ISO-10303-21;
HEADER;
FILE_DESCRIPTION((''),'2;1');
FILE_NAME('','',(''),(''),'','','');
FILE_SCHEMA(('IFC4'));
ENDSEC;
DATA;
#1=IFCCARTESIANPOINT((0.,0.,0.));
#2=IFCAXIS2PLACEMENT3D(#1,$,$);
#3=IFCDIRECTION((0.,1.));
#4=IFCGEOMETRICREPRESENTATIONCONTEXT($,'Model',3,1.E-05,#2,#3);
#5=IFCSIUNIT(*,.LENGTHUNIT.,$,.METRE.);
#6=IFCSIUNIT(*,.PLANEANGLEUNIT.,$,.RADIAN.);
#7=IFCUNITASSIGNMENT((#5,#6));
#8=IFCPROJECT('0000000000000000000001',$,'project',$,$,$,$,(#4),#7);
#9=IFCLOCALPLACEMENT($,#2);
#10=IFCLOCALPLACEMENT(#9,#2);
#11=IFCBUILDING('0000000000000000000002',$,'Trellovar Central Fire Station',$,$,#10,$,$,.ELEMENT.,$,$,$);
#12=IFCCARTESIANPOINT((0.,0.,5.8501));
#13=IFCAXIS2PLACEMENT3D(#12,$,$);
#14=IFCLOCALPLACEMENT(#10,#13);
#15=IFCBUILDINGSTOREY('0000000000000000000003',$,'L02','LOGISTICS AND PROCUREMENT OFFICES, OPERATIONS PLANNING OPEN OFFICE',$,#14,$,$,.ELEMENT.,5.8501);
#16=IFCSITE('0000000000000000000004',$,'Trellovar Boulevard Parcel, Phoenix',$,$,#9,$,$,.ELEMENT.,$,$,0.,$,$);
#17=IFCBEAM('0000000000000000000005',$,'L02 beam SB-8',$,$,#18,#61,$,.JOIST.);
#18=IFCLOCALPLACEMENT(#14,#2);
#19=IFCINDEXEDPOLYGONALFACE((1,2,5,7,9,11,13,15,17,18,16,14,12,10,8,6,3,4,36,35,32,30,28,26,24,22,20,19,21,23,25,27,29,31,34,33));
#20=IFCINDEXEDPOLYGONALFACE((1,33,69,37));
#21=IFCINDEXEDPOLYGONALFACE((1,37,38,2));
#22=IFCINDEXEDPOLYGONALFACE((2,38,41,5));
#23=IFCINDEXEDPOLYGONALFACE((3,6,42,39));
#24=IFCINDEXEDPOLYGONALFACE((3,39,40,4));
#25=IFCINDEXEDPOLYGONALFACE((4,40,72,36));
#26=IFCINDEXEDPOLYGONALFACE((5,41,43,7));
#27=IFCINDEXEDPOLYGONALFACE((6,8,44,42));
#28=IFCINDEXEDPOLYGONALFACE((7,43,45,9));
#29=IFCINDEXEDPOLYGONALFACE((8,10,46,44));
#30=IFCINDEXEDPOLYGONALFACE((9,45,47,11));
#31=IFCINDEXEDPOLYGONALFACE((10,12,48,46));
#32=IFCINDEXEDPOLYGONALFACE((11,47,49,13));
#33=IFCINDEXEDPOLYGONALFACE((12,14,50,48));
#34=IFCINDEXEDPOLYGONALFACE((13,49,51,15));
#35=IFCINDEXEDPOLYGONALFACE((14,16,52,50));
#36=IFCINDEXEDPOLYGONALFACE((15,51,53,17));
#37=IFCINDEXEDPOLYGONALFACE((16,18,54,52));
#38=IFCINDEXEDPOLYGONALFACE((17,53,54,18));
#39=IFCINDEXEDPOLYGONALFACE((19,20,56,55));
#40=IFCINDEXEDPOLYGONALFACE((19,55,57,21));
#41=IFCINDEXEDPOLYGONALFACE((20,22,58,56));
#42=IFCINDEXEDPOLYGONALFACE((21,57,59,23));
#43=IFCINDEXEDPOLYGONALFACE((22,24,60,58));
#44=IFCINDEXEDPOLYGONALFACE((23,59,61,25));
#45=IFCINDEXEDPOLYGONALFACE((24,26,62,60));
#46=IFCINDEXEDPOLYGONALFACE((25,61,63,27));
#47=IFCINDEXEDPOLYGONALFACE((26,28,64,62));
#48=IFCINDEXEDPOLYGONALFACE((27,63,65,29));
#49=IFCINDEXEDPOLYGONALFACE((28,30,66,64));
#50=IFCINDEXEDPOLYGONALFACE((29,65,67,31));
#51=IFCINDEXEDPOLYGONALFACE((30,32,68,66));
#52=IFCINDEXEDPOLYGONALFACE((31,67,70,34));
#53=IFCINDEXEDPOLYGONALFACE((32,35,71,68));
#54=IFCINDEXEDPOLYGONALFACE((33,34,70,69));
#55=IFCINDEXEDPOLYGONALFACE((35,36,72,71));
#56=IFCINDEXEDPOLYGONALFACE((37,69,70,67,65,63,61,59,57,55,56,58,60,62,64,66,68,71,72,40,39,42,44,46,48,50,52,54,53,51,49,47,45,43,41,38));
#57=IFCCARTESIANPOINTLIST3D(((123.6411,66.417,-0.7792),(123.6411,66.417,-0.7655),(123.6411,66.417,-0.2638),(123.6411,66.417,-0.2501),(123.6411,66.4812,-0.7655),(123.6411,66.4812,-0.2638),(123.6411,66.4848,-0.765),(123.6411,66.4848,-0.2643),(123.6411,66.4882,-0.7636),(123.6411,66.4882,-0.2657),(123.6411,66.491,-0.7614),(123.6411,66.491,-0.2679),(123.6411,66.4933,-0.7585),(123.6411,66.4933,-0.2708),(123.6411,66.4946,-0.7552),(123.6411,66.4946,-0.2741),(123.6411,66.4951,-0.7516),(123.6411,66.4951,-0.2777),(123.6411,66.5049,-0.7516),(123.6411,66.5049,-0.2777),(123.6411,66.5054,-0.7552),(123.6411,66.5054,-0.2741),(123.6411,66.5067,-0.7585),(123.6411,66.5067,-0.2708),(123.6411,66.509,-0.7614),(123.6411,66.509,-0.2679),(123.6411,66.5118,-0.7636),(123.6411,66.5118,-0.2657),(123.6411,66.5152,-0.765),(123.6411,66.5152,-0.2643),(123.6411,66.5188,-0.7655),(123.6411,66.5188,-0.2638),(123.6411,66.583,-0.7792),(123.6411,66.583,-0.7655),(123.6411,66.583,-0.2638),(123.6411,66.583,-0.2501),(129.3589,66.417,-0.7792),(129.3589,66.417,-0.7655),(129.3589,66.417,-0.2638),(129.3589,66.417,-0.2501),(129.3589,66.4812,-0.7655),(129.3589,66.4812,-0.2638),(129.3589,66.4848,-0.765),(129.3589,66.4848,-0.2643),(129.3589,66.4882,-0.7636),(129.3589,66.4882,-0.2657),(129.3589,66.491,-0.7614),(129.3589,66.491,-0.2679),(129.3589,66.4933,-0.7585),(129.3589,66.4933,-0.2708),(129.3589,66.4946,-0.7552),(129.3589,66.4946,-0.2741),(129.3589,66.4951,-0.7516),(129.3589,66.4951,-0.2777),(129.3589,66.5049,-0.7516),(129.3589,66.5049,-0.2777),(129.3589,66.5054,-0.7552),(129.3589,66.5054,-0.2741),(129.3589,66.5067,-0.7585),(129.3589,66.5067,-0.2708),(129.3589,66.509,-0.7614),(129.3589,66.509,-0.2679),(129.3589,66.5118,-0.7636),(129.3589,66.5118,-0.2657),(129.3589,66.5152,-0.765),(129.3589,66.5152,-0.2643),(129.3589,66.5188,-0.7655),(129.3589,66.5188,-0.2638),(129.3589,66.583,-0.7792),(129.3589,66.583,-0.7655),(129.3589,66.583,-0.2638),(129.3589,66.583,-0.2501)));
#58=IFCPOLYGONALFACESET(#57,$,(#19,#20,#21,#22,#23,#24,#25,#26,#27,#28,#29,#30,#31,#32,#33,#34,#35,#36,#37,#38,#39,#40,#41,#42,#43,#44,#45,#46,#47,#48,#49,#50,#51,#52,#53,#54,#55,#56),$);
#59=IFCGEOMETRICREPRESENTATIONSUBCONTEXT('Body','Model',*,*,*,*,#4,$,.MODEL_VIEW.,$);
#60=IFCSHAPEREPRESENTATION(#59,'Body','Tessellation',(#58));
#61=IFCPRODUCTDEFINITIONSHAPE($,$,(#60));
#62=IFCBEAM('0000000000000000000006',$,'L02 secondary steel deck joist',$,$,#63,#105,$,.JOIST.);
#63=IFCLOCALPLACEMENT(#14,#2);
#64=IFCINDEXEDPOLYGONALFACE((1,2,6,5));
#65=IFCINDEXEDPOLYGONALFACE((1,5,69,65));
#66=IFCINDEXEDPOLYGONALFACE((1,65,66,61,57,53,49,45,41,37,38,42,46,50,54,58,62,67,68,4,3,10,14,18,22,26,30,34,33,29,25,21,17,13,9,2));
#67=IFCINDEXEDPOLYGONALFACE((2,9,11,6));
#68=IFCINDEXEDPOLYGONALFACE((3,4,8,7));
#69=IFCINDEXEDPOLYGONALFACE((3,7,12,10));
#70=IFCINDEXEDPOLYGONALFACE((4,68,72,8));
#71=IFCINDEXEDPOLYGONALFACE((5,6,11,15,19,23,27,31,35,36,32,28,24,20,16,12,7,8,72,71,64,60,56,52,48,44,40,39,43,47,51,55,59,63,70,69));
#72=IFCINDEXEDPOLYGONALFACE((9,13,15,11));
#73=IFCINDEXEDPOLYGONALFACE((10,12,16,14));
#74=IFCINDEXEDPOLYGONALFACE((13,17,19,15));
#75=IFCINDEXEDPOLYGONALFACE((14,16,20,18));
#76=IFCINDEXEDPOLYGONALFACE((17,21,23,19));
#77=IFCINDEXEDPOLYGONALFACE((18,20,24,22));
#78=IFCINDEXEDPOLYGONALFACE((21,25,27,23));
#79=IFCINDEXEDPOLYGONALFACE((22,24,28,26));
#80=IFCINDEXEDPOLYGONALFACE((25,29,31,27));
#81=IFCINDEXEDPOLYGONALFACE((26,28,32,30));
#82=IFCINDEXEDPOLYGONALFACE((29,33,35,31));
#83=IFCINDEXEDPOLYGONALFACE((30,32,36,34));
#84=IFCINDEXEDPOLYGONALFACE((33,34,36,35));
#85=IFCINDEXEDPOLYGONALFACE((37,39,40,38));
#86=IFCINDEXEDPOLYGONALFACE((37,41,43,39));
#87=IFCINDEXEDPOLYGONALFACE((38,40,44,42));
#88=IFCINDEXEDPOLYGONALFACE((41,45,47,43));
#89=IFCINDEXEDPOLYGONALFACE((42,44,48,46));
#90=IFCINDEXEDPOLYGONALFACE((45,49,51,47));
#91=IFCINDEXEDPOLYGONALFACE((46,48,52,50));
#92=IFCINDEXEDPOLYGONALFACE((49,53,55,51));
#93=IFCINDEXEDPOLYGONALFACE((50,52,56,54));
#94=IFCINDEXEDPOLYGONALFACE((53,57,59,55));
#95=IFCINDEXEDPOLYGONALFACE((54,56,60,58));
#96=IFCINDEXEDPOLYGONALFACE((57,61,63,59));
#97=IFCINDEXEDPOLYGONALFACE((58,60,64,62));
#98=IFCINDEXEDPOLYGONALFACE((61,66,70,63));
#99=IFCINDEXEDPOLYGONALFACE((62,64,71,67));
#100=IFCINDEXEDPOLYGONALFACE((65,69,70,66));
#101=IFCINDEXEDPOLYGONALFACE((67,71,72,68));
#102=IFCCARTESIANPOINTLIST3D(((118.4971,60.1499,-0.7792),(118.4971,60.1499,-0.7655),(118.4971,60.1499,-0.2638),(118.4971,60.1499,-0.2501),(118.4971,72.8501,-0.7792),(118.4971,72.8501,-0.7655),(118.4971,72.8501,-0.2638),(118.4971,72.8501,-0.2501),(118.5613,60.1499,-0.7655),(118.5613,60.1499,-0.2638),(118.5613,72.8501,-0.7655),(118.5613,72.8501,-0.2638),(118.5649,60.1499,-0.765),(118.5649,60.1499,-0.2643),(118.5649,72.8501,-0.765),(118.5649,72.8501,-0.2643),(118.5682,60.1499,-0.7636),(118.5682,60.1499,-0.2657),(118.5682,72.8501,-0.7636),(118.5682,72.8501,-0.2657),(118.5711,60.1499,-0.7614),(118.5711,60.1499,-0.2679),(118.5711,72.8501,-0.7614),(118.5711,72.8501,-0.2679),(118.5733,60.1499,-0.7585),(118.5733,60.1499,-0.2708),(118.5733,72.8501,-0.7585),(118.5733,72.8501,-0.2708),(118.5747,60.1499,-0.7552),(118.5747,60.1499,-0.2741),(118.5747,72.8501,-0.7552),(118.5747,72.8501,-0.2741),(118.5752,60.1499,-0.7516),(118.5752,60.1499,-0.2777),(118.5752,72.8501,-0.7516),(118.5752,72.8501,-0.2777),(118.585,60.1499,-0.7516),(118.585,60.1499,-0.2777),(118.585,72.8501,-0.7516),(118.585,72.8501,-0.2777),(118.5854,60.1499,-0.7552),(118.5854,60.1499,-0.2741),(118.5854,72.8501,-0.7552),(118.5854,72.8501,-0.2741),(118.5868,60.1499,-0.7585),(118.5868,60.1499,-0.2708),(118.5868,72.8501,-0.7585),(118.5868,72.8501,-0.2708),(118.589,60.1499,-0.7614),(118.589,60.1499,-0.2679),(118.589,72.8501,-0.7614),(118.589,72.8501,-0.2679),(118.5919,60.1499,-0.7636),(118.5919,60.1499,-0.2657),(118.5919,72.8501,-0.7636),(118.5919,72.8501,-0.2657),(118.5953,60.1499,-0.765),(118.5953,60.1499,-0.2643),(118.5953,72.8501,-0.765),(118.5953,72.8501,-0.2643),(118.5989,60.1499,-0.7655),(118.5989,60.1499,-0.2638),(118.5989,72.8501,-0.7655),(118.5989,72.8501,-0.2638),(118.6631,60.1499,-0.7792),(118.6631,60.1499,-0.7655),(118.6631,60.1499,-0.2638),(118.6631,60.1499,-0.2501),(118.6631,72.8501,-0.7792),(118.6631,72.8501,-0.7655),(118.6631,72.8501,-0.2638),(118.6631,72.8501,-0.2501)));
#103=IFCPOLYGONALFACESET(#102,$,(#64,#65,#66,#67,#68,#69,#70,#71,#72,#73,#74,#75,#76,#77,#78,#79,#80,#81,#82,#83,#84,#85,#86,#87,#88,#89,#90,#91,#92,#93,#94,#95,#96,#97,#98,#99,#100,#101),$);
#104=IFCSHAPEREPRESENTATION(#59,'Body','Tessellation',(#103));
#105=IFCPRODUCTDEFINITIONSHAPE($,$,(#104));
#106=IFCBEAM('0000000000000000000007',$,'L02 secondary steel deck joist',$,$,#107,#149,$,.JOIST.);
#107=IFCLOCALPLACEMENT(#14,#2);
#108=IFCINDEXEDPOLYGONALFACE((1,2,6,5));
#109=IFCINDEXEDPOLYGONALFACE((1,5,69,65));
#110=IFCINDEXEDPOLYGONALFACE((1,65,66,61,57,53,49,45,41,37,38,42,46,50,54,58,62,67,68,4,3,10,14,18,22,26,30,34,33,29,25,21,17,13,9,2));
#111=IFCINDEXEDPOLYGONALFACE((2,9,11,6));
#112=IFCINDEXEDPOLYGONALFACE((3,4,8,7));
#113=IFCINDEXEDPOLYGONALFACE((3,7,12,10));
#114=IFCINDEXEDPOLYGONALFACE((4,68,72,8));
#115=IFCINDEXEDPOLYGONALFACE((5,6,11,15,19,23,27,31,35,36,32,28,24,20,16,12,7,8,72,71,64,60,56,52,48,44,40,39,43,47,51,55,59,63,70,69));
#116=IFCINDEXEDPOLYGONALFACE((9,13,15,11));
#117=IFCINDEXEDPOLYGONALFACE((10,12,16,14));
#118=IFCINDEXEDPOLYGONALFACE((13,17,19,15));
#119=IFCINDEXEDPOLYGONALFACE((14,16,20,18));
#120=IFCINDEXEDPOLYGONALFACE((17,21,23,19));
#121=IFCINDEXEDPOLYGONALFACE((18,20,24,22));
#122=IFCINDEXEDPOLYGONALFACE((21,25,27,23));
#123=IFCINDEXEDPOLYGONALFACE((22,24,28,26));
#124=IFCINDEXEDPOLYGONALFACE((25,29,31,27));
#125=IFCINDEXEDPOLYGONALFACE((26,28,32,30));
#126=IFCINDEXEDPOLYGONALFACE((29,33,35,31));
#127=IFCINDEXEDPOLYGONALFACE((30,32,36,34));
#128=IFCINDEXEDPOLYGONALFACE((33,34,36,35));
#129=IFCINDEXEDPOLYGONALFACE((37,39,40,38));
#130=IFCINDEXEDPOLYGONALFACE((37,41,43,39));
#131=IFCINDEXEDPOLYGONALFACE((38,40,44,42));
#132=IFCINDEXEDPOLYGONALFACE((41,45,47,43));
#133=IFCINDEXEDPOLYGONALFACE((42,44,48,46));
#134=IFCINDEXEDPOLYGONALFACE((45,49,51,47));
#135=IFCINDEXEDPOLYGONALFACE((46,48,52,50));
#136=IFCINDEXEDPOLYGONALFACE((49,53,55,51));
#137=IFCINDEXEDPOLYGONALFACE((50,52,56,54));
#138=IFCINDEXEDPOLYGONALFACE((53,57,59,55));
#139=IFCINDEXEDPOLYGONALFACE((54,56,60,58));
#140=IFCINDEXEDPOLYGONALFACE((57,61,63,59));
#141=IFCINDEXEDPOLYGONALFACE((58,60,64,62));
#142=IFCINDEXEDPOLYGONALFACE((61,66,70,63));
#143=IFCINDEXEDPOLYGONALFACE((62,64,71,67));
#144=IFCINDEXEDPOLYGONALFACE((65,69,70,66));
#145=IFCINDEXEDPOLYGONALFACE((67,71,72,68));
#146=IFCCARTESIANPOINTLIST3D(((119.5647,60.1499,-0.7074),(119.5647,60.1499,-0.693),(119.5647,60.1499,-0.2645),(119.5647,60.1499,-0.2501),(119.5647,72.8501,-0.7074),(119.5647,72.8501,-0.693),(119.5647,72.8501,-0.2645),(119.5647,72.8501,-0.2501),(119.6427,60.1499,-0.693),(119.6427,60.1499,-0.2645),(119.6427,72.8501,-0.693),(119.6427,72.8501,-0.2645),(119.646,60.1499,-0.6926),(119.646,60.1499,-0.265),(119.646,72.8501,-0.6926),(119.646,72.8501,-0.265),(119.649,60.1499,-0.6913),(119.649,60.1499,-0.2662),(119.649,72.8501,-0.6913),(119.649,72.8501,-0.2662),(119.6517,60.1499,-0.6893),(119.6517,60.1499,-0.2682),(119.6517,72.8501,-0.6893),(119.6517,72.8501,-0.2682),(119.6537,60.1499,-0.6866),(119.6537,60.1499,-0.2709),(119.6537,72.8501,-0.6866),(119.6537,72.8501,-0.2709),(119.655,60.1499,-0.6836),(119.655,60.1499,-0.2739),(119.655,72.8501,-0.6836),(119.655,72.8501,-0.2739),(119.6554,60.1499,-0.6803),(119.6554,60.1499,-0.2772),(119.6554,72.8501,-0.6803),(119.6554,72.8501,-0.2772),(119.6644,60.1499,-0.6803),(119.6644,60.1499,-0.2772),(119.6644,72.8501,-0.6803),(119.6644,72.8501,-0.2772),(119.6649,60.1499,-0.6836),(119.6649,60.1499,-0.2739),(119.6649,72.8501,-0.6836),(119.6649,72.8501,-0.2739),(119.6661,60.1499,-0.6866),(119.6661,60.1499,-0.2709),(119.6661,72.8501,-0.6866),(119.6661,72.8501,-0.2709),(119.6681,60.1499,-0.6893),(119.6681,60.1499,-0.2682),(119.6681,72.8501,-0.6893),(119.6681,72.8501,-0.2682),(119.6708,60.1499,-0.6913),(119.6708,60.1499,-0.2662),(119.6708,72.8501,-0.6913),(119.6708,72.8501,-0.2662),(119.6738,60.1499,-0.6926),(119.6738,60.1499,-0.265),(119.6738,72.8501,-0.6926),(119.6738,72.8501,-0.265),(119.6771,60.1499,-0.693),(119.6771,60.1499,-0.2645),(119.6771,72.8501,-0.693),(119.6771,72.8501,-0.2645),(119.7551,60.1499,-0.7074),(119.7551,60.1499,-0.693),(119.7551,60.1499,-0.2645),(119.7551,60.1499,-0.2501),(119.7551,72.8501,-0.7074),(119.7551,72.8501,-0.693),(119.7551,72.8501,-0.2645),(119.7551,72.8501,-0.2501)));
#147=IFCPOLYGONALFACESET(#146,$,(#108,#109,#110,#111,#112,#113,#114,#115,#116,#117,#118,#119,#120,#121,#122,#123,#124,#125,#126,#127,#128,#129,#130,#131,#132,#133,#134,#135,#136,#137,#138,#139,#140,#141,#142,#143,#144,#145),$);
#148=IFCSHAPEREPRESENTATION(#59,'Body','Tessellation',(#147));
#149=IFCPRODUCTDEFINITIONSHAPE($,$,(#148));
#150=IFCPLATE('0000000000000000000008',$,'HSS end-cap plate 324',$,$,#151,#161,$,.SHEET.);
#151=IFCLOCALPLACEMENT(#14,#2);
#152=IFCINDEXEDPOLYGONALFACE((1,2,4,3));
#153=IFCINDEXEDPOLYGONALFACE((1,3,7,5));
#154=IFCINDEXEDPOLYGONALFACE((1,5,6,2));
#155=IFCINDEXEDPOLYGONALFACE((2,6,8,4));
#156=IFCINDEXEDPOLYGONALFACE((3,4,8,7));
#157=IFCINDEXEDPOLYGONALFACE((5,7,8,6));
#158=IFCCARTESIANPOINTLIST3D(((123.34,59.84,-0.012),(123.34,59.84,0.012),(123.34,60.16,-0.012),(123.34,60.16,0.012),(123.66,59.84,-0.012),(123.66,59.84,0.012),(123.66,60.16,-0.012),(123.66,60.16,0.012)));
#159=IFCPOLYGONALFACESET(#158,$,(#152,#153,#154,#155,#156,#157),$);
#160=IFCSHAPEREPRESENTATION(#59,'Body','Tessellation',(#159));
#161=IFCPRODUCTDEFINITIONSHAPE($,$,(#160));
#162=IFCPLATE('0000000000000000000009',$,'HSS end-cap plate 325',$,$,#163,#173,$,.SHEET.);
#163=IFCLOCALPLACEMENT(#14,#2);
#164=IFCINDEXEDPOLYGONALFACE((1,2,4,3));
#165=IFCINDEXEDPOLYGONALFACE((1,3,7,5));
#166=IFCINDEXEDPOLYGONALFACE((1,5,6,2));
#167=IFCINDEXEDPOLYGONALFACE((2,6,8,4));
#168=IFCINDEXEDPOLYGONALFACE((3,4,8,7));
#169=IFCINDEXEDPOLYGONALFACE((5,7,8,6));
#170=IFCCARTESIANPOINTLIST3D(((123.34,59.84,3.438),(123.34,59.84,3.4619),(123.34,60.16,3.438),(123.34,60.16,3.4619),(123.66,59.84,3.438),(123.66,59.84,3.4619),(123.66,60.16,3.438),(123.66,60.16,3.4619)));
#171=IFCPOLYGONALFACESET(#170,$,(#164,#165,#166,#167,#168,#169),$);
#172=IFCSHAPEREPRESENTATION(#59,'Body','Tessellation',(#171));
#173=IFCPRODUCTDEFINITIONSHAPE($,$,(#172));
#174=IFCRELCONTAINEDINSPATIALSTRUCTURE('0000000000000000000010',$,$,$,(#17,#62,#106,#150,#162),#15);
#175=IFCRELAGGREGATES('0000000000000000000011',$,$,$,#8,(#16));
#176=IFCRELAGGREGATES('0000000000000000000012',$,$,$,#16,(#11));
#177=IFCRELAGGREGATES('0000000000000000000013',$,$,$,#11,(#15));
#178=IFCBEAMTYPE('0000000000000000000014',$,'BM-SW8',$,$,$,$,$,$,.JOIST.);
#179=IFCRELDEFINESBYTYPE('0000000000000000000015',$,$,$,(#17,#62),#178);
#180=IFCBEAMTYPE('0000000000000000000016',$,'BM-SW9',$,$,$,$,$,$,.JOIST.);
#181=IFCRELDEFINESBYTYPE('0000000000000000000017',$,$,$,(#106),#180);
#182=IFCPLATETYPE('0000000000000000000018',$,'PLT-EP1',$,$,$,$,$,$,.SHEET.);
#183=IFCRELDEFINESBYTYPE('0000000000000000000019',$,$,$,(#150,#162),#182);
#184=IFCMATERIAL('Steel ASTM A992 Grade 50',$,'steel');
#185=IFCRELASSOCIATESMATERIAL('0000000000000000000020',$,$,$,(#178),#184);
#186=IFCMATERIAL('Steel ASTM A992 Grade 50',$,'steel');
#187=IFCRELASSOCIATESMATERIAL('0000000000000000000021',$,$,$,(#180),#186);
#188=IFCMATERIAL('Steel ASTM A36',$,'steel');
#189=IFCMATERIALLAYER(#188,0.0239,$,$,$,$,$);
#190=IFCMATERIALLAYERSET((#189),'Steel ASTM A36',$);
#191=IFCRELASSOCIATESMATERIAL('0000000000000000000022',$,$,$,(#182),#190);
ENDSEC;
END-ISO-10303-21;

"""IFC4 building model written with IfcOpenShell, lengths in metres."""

from ifc_helpers import new_model, si_unit, direction, frame, origin, origin_2d, place, context, subcontext, project, spatial, rectangle, i_section, extrude, material, layer, layer_set, material_profile, profile_set, type_object, element, save


model = new_model("IFC4")

# Units and contexts
model_context = context("Model", 3, precision=1e-05, world=origin(), true_north=direction((0.0, 1.0)))
body_context = subcontext(model_context, "Body", "Model", "MODEL_VIEW")
ifc_project = project(units=[si_unit("LENGTHUNIT", "METRE"), si_unit("PLANEANGLEUNIT", "RADIAN")], contexts=[model_context])

# Site, building, storey
site_placement = place(None, origin())
site = spatial("IfcSite", under=ifc_project, at=site_placement, Name="Trellovar Boulevard Parcel, Phoenix", CompositionType="ELEMENT", RefElevation=0.0)
building_placement = place(site_placement, origin())
building = spatial("IfcBuilding", under=site, at=building_placement, Name="Trellovar Central Fire Station", CompositionType="ELEMENT")
storey_placement = place(building_placement, frame((0.0, 0.0, 5.8501)))
storey = spatial("IfcBuildingStorey", under=building, at=storey_placement, Name="L02", Description="LOGISTICS AND PROCUREMENT OFFICES, OPERATIONS PLANNING OPEN OFFICE", CompositionType="ELEMENT", Elevation=5.8501)

# Beams
ifc_material_1 = material(Name="Steel ASTM A992 Grade 50", Category="steel")
ifc_material_profile_1 = material_profile(ifc_material_1, i_section(OverallWidth=0.166, OverallDepth=0.5291, WebThickness=0.0098, FlangeThickness=0.0137, FilletRadius=0.0139, at=origin_2d()), Name="W21X50")
ifc_profile_set_1 = profile_set([ifc_material_profile_1], Name="Steel ASTM A992 Grade 50")
beam_type_1 = type_object("IfcBeamType", Name="BM-SW8", PredefinedType="JOIST", material=ifc_profile_set_1)
for number, where, z_axis, x_axis, name in (
    (1, (123.6411, 66.5, -0.5146), (1.0, 0.0, 0.0), (0.0, 1.0, 0.0), "L02 beam SB-8"),
):
    element("IfcBeam", number, at=place(storey_placement, frame(where, z_axis=z_axis, x_axis=x_axis)), inside=storey, type_object=beam_type_1, Name=name, PredefinedType="JOIST", context=body_context, shape_type="SweptSolid", body=[
        extrude(i_section(OverallWidth=0.166, OverallDepth=0.5291, WebThickness=0.0098, FlangeThickness=0.0137, FilletRadius=0.0139, at=origin_2d()), origin(), (0.0, 0.0, 1.0), 5.7178),
    ])
beam_1_placement = place(storey_placement, frame((118.5801, 60.1499, -0.5146), z_axis=(0.0, 1.0, 0.0), x_axis=(-1.0, 0.0, 0.0)))
element("IfcBeam", 2, at=beam_1_placement, inside=storey, type_object=beam_type_1, Name="L02 secondary steel deck joist", PredefinedType="JOIST", context=body_context, shape_type="SweptSolid", body=[
    extrude(i_section(OverallWidth=0.166, OverallDepth=0.5291, WebThickness=0.0098, FlangeThickness=0.0137, FilletRadius=0.0139, at=origin_2d()), origin(), (0.0, 0.0, 1.0), 12.7002),
])
ifc_material_2 = material(Name="Steel ASTM A992 Grade 50", Category="steel")
ifc_material_profile_2 = material_profile(ifc_material_2, i_section(OverallWidth=0.1904, OverallDepth=0.4573, WebThickness=0.009, FlangeThickness=0.0144, FilletRadius=0.0127, at=origin_2d()), Name="W18X50")
ifc_profile_set_2 = profile_set([ifc_material_profile_2], Name="Steel ASTM A992 Grade 50")
beam_type_2 = type_object("IfcBeamType", Name="BM-SW9", PredefinedType="JOIST", material=ifc_profile_set_2)
beam_2_placement = place(storey_placement, frame((119.6599, 60.1499, -0.4788), z_axis=(0.0, 1.0, 0.0), x_axis=(-1.0, 0.0, 0.0)))
element("IfcBeam", 3, at=beam_2_placement, inside=storey, type_object=beam_type_2, Name="L02 secondary steel deck joist", PredefinedType="JOIST", context=body_context, shape_type="SweptSolid", body=[
    extrude(i_section(OverallWidth=0.1904, OverallDepth=0.4573, WebThickness=0.009, FlangeThickness=0.0144, FilletRadius=0.0127, at=origin_2d()), origin(), (0.0, 0.0, 1.0), 12.7002),
])

# Plates
ifc_material_3 = material(Name="Steel ASTM A36", Category="steel")
ifc_layer_1 = layer(ifc_material_3, 0.0239)
ifc_layer_set_1 = layer_set([ifc_layer_1], Name="Steel ASTM A36")
plate_type = type_object("IfcPlateType", Name="PLT-EP1", PredefinedType="SHEET", material=ifc_layer_set_1)
for number, where, z_axis, x_axis, name in (
    (4, (123.5, 60.0, -0.012), (0.0, 0.0, 1.0), (1.0, 0.0, 0.0), "HSS end-cap plate 324"),
    (5, (123.5, 60.0, 3.438), (0.0, 0.0, 1.0), (1.0, 0.0, 0.0), "HSS end-cap plate 325"),
):
    element("IfcPlate", number, at=place(storey_placement, frame(where, z_axis=z_axis, x_axis=x_axis)), inside=storey, type_object=plate_type, Name=name, PredefinedType="SHEET", context=body_context, shape_type="SweptSolid", body=[
        extrude(rectangle(XDim=0.3201, YDim=0.3201, at=origin_2d()), origin(), (0.0, 0.0, 1.0), 0.0239),
    ])

save(model, "model.ifc")
